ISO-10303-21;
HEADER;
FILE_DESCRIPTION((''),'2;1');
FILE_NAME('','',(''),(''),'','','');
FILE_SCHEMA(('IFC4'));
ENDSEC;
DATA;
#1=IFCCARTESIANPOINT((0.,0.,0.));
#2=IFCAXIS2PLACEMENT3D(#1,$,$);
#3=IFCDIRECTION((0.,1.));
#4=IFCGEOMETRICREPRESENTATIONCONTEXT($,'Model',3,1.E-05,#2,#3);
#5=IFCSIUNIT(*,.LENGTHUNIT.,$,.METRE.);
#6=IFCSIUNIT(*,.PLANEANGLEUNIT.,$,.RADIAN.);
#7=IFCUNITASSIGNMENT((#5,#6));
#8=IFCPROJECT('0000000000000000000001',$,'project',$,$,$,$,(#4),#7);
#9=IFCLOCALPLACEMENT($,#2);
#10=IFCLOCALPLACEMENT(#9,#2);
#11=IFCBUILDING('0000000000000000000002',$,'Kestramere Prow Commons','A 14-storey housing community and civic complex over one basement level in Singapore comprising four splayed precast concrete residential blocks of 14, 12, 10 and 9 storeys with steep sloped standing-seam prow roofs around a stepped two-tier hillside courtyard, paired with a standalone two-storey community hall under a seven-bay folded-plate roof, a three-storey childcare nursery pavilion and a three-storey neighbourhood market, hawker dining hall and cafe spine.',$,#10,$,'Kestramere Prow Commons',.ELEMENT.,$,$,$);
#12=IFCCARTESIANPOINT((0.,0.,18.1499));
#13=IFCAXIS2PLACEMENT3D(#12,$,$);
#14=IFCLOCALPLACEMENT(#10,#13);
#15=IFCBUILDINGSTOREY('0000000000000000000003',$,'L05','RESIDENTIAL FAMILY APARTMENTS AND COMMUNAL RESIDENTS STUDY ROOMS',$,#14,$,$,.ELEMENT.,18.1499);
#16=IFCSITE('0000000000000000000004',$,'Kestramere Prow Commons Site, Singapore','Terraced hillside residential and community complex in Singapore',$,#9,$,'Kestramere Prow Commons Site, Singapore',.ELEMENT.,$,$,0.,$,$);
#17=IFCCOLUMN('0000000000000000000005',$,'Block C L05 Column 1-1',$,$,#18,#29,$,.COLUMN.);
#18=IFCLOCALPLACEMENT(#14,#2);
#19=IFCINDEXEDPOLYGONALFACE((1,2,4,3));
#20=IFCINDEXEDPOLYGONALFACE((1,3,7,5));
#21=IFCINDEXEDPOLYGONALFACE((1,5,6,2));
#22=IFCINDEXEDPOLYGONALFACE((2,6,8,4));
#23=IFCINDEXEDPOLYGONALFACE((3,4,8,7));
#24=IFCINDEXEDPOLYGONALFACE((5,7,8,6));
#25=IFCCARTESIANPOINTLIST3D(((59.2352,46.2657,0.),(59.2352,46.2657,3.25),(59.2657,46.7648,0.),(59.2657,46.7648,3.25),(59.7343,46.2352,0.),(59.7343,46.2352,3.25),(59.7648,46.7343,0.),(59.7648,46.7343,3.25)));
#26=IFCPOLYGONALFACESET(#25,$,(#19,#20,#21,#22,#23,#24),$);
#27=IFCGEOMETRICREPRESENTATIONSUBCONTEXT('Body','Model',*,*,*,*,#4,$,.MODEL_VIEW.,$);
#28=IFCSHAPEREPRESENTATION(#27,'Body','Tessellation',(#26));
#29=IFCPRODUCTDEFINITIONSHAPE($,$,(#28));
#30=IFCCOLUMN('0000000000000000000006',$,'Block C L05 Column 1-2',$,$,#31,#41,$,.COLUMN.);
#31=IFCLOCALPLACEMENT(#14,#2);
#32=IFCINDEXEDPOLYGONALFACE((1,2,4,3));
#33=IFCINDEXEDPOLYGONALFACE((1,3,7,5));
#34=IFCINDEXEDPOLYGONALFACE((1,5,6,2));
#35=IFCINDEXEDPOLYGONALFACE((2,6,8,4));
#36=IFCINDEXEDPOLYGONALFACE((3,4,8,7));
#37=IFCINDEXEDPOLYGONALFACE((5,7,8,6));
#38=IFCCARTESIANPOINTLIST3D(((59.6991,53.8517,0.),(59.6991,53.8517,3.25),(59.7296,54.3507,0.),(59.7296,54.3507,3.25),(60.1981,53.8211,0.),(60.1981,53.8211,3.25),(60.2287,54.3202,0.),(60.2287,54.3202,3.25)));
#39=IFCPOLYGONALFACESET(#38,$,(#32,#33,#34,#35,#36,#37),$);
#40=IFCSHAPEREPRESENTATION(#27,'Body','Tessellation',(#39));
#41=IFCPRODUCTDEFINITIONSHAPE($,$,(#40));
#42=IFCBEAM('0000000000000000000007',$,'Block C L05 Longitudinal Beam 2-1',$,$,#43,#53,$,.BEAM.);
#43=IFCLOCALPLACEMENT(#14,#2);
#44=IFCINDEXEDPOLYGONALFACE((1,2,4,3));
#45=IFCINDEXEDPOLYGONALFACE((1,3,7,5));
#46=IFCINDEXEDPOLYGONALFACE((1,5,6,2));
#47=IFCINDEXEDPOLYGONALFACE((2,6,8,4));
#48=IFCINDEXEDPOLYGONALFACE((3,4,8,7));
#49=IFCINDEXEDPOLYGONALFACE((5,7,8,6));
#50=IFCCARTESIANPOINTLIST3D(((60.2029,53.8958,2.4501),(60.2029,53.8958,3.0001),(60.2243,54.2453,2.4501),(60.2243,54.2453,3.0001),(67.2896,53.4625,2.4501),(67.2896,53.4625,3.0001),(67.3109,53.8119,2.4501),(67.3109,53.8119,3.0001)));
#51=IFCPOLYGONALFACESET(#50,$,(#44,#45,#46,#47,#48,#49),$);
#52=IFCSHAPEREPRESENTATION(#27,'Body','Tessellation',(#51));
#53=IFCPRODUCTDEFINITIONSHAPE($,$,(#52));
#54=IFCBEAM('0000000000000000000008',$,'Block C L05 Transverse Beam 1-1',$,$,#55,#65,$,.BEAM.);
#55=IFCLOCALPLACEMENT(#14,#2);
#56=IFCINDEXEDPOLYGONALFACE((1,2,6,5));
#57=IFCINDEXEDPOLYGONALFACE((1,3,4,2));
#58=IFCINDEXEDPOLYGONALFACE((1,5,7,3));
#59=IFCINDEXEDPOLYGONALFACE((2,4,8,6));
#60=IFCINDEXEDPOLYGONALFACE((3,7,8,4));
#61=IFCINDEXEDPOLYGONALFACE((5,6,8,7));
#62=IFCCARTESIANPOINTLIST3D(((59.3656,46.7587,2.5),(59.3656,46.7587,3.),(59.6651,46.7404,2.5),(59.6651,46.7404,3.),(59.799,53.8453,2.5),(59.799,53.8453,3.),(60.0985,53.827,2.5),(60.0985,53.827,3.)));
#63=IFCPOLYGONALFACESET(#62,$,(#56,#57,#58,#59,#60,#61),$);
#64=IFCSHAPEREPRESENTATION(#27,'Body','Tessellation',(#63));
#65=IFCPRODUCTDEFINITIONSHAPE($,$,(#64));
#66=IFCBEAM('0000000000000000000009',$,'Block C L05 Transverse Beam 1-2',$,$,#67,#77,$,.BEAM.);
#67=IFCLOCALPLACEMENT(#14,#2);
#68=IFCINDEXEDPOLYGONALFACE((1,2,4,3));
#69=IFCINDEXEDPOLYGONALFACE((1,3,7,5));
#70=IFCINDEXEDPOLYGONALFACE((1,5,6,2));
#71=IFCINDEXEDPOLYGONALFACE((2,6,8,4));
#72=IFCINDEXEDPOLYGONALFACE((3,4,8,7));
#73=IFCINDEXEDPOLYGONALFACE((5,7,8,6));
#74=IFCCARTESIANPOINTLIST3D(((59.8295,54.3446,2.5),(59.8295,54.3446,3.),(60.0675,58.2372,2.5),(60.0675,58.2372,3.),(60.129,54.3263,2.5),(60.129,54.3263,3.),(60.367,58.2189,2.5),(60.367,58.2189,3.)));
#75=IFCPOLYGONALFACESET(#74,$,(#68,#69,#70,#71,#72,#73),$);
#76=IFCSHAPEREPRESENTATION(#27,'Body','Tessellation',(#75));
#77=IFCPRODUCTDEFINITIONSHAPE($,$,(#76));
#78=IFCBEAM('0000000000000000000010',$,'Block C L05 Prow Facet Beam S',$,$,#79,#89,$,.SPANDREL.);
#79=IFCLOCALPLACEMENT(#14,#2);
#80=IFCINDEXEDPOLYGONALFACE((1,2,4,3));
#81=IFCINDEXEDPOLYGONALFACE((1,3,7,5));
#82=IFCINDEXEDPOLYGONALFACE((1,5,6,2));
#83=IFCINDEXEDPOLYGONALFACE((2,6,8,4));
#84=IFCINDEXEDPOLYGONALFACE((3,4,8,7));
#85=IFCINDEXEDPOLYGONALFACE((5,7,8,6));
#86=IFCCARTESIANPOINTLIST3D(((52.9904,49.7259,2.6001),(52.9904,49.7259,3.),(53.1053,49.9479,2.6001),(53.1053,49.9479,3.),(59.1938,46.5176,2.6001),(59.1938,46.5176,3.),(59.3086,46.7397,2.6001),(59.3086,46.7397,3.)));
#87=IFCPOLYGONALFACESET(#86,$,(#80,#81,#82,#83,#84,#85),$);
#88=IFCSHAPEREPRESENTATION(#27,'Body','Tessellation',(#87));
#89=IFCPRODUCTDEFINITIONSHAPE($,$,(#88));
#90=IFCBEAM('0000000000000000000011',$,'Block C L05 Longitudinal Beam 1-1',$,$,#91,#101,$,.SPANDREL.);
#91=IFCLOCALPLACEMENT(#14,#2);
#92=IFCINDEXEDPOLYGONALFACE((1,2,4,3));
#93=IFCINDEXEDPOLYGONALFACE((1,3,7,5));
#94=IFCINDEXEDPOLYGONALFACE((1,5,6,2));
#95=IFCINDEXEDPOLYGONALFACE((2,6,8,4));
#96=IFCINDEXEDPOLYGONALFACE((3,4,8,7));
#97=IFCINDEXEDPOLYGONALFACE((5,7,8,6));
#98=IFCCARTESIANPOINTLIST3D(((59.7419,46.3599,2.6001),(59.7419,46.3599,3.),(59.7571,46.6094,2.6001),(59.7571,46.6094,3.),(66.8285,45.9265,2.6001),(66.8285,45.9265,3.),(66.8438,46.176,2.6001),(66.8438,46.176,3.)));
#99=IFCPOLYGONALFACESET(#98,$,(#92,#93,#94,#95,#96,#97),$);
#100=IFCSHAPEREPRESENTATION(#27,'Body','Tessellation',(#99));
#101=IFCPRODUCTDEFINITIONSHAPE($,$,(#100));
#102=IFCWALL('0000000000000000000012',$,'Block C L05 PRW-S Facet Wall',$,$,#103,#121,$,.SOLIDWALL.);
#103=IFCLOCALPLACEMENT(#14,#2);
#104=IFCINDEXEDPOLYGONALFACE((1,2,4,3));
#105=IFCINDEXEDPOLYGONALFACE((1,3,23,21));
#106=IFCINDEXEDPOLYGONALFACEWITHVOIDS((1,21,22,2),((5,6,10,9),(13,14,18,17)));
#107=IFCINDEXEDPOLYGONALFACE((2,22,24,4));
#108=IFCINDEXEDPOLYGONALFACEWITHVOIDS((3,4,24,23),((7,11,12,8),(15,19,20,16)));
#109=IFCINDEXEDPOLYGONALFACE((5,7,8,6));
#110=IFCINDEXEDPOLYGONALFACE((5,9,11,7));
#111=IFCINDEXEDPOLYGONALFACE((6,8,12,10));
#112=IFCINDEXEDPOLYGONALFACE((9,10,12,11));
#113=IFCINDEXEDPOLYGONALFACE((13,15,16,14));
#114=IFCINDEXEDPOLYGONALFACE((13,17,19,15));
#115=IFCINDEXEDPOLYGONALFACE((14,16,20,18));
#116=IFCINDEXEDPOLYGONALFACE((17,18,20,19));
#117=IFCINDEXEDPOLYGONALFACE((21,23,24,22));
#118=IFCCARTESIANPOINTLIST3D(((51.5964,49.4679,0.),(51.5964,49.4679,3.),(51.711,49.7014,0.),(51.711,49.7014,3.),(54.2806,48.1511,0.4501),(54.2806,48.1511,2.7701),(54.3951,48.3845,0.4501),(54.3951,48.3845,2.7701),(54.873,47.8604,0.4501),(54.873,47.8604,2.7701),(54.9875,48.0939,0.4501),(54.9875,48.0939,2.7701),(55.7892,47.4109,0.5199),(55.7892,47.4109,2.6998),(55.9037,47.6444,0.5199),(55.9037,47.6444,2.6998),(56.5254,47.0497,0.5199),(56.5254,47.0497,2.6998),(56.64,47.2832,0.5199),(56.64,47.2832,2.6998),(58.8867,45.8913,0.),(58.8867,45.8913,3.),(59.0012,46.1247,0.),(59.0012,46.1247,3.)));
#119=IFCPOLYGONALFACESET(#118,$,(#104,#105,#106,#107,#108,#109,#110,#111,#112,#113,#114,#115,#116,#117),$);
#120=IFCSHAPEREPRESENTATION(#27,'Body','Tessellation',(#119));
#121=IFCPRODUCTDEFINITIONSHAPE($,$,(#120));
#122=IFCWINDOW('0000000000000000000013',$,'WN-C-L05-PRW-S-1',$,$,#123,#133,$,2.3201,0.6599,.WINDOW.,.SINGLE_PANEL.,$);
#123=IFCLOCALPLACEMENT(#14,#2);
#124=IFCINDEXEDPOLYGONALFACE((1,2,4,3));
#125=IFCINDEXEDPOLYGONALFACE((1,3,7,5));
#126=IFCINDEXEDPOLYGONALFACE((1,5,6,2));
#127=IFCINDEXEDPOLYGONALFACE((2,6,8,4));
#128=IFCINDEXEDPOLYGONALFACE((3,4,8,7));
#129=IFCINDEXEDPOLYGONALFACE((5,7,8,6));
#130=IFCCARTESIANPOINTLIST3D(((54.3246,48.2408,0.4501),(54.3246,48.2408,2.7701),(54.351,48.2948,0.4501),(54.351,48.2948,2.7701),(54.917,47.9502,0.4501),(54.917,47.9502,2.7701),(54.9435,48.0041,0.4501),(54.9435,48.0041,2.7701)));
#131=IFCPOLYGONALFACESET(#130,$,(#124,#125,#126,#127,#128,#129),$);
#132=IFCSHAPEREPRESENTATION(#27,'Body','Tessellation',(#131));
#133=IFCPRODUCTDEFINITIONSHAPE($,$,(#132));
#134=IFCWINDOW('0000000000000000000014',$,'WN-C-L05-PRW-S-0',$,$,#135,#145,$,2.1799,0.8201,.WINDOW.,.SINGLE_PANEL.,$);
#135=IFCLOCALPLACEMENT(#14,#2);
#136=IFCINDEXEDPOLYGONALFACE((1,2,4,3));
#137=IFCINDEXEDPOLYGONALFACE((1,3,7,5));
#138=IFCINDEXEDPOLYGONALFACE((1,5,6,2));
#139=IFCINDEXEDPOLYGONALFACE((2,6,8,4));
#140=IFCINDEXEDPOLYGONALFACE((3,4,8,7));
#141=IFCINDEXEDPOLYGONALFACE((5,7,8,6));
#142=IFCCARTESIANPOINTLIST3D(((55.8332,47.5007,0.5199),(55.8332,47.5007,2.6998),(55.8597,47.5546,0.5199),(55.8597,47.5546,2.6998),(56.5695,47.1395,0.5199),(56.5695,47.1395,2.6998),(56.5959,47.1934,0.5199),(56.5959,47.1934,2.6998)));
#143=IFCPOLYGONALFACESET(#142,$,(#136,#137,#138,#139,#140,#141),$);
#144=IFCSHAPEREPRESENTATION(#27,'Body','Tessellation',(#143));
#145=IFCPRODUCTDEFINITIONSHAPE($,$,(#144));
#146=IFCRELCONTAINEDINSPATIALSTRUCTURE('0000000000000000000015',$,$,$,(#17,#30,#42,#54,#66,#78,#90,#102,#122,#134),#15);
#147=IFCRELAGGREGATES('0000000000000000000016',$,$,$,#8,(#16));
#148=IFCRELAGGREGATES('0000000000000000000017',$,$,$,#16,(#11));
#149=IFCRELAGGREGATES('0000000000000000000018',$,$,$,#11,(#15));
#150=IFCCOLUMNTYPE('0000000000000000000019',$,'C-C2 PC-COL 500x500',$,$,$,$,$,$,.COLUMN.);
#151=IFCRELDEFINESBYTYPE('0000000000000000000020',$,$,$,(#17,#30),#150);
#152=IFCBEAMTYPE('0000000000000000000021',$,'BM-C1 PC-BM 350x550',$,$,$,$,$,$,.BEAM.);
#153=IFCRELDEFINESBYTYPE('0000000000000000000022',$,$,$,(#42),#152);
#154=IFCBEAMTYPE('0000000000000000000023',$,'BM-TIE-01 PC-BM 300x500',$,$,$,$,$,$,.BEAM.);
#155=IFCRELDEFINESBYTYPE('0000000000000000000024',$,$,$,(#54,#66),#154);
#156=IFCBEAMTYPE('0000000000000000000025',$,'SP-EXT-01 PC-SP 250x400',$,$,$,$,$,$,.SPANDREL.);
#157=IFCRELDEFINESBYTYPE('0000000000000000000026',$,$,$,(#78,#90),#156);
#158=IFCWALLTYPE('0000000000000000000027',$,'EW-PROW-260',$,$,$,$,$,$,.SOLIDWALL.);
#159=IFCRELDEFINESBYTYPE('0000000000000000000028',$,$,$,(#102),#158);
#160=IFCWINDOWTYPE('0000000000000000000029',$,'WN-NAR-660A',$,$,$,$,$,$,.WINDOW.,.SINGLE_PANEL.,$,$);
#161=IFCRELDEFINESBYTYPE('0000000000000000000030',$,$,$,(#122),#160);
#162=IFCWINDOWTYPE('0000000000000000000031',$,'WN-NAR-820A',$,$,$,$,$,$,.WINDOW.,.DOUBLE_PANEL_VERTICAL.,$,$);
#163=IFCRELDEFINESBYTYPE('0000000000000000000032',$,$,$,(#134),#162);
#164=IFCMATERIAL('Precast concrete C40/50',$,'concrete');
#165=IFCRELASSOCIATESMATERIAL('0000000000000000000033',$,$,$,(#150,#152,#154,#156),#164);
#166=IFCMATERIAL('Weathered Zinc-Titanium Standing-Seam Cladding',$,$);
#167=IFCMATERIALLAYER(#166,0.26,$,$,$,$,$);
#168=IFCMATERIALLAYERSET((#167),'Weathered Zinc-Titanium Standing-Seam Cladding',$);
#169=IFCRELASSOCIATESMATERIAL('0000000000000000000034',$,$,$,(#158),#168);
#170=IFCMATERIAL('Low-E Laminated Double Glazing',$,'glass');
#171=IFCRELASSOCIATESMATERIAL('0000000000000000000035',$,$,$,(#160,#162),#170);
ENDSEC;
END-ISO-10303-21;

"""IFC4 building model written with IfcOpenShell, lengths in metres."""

from ifc_helpers import new_model, si_unit, direction, frame, frame_2d, origin, origin_2d, place, context, subcontext, project, spatial, rectangle, extrude, material, layer, layer_set, material_profile, profile_set, type_object, element, fill, save


model = new_model("IFC4")

# Units and contexts
model_context = context("Model", 3, precision=1e-05, world=origin(), true_north=direction((0.0, 1.0)))
body_context = subcontext(model_context, "Body", "Model", "MODEL_VIEW")
ifc_project = project(units=[si_unit("LENGTHUNIT", "METRE"), si_unit("PLANEANGLEUNIT", "RADIAN")], contexts=[model_context])

# Site, building, storey
site_placement = place(None, origin())
site = spatial("IfcSite", under=ifc_project, at=site_placement, Name="Kestramere Prow Commons Site, Singapore", Description="Terraced hillside residential and community complex in Singapore", LongName="Kestramere Prow Commons Site, Singapore", CompositionType="ELEMENT", RefElevation=0.0)
building_placement = place(site_placement, origin())
building = spatial("IfcBuilding", under=site, at=building_placement, Name="Kestramere Prow Commons", Description="A 14-storey housing community and civic complex over one basement level in Singapore comprising four splayed precast concrete residential blocks of 14, 12, 10 and 9 storeys with steep sloped standing-seam prow roofs around a stepped two-tier hillside courtyard, paired with a standalone two-storey community hall under a seven-bay folded-plate roof, a three-storey childcare nursery pavilion and a three-storey neighbourhood market, hawker dining hall and cafe spine.", LongName="Kestramere Prow Commons", CompositionType="ELEMENT")
storey_placement = place(building_placement, frame((0.0, 0.0, 18.1499)))
storey = spatial("IfcBuildingStorey", under=building, at=storey_placement, Name="L05", Description="RESIDENTIAL FAMILY APARTMENTS AND COMMUNAL RESIDENTS STUDY ROOMS", CompositionType="ELEMENT", Elevation=18.1499)

# Columns
ifc_material_1 = material(Name="Precast concrete C40/50", Category="concrete")
ifc_material_profile_1 = material_profile(ifc_material_1, rectangle(XDim=0.5, YDim=0.5, at=origin_2d()), Name="PC-COL 500x500")
ifc_profile_set_1 = profile_set([ifc_material_profile_1], Name="Precast concrete C40/50")
column_type = type_object("IfcColumnType", Name="C-C2 PC-COL 500x500", PredefinedType="COLUMN", material=ifc_profile_set_1)
for number, where, z_axis, x_axis, name in (
    (1, (59.5, 46.5, 0.0), (0.0, 0.0, 1.0), (0.998135, -0.061049, 0.0), "Block C L05 Column 1-1"),
    (2, (59.9639, 54.0859, 0.0), (0.0, 0.0, 1.0), (0.998135, -0.061049, 0.0), "Block C L05 Column 1-2"),
):
    element("IfcColumn", number, at=place(storey_placement, frame(where, z_axis=z_axis, x_axis=x_axis)), inside=storey, type_object=column_type, Name=name, PredefinedType="COLUMN", context=body_context, shape_type="SweptSolid", body=[
        extrude(rectangle(XDim=0.5, YDim=0.5, at=origin_2d()), origin(), (0.0, 0.0, 1.0), 3.25),
    ])

# Beams
ifc_material_profile_2 = material_profile(ifc_material_1, rectangle(XDim=0.3501, YDim=0.55, at=origin_2d()), Name="PC-BM 350x550")
ifc_profile_set_2 = profile_set([ifc_material_profile_2], Name="Precast concrete C40/50")
beam_type_1 = type_object("IfcBeamType", Name="BM-C1 PC-BM 350x550", PredefinedType="BEAM", material=ifc_profile_set_2)
beam_1_placement = place(storey_placement, frame((60.2136, 54.0706, 2.7251), z_axis=(0.998136, -0.061036, 0.0), x_axis=(0.061036, 0.998136, 0.0)))
element("IfcBeam", 3, at=beam_1_placement, inside=storey, type_object=beam_type_1, Name="Block C L05 Longitudinal Beam 2-1", PredefinedType="BEAM", context=body_context, shape_type="SweptSolid", body=[
    extrude(rectangle(XDim=0.3501, YDim=0.55, at=origin_2d()), origin(), (0.0, 0.0, 1.0), 7.0999),
])
ifc_material_profile_3 = material_profile(ifc_material_1, rectangle(XDim=0.3, YDim=0.5, at=origin_2d()), Name="PC-BM 300x500")
ifc_profile_set_3 = profile_set([ifc_material_profile_3], Name="Precast concrete C40/50")
beam_type_2 = type_object("IfcBeamType", Name="BM-TIE-01 PC-BM 300x500", PredefinedType="BEAM", material=ifc_profile_set_3)
beam_2_placement = place(storey_placement, frame((59.5154, 46.7495, 2.75), z_axis=(0.061036, 0.998136, 0.0), x_axis=(-0.998136, 0.061036, 0.0)))
element("IfcBeam", 4, at=beam_2_placement, inside=storey, type_object=beam_type_2, Name="Block C L05 Transverse Beam 1-1", PredefinedType="BEAM", context=body_context, shape_type="SweptSolid", body=[
    extrude(rectangle(XDim=0.3, YDim=0.5, at=origin_2d()), origin(), (0.0, 0.0, 1.0), 7.0999),
])
beam_3_placement = place(storey_placement, frame((59.9792, 54.3354, 2.75), z_axis=(0.061038, 0.998135, 0.0), x_axis=(-0.998135, 0.061038, 0.0)))
element("IfcBeam", 5, at=beam_3_placement, inside=storey, type_object=beam_type_2, Name="Block C L05 Transverse Beam 1-2", PredefinedType="BEAM", context=body_context, shape_type="SweptSolid", body=[
    extrude(rectangle(XDim=0.3, YDim=0.5, at=origin_2d()), origin(), (0.0, 0.0, 1.0), 3.8999),
])
ifc_material_profile_4 = material_profile(ifc_material_1, rectangle(XDim=0.25, YDim=0.3999, at=origin_2d()), Name="PC-SP 250x400")
ifc_profile_set_4 = profile_set([ifc_material_profile_4], Name="Precast concrete C40/50")
beam_type_3 = type_object("IfcBeamType", Name="SP-EXT-01 PC-SP 250x400", PredefinedType="SPANDREL", material=ifc_profile_set_4)
beam_4_placement = place(storey_placement, frame((59.2512, 46.6287, 2.8), z_axis=(-0.88824, 0.459379, 0.0), x_axis=(-0.459379, -0.88824, 0.0)))
element("IfcBeam", 6, at=beam_4_placement, inside=storey, type_object=beam_type_3, Name="Block C L05 Prow Facet Beam S", PredefinedType="SPANDREL", context=body_context, shape_type="SweptSolid", body=[
    extrude(rectangle(XDim=0.25, YDim=0.3999, at=origin_2d()), origin(), (0.0, 0.0, 1.0), 6.9839),
])
beam_5_placement = place(storey_placement, frame((59.7495, 46.4846, 2.8), z_axis=(0.998136, -0.061036, 0.0), x_axis=(0.061036, 0.998136, 0.0)))
element("IfcBeam", 7, at=beam_5_placement, inside=storey, type_object=beam_type_3, Name="Block C L05 Longitudinal Beam 1-1", PredefinedType="SPANDREL", context=body_context, shape_type="SweptSolid", body=[
    extrude(rectangle(XDim=0.25, YDim=0.3999, at=origin_2d()), origin(), (0.0, 0.0, 1.0), 7.0999),
])

# Wall, openings, windows
ifc_material_2 = material(Name="Weathered Zinc-Titanium Standing-Seam Cladding")
ifc_layer_1 = layer(ifc_material_2, 0.26)
ifc_layer_set_1 = layer_set([ifc_layer_1], Name="Weathered Zinc-Titanium Standing-Seam Cladding")
wall_type_1 = type_object("IfcWallType", Name="EW-PROW-260", PredefinedType="SOLIDWALL", material=ifc_layer_set_1)
wall_1_placement = place(storey_placement, frame((58.9438, 46.0081, 0.0), z_axis=(0.0, 0.0, 1.0), x_axis=(-0.897775, 0.440454, 0.0)))
wall_1 = element("IfcWall", 8, at=wall_1_placement, inside=storey, type_object=wall_type_1, Name="Block C L05 PRW-S Facet Wall", PredefinedType="SOLIDWALL", context=body_context, shape_type="SweptSolid", body=[
    extrude(rectangle(XDim=8.1204, YDim=0.26, at=frame_2d((4.0601, 0.0))), origin(), (0.0, 0.0, 1.0), 3.0),
])
opening_1_placement = place(wall_1_placement, frame((2.6299, 0.0, 0.52)))
opening_1 = element("IfcOpeningElement", 9, at=opening_1_placement, cuts=wall_1, PredefinedType="OPENING", context=body_context, shape_type="SweptSolid", body=[
    extrude(rectangle(XDim=0.8201, YDim=2.1799, at=frame_2d((0.4102, 1.0898))), frame((0.0, 0.145, 0.0), z_axis=(0.0, -1.0, 0.0), x_axis=(1.0, 0.0, 0.0)), (0.0, 0.0, 1.0), 0.29),
])
opening_2_placement = place(wall_1_placement, frame((4.4705, 0.0, 0.45)))
opening_2 = element("IfcOpeningElement", 10, at=opening_2_placement, cuts=wall_1, PredefinedType="OPENING", context=body_context, shape_type="SweptSolid", body=[
    extrude(rectangle(XDim=0.6599, YDim=2.3201, at=frame_2d((0.3301, 1.1602))), frame((0.0, 0.145, 0.0), z_axis=(0.0, -1.0, 0.0), x_axis=(1.0, 0.0, 0.0)), (0.0, 0.0, 1.0), 0.29),
])
ifc_material_3 = material(Name="Low-E Laminated Double Glazing", Category="glass")
window_type_1 = type_object("IfcWindowType", Name="WN-NAR-660A", PartitioningType="SINGLE_PANEL", PredefinedType="WINDOW", material=ifc_material_3)
window_1_placement = place(opening_2_placement, origin())
window_1 = element("IfcWindow", 11, at=window_1_placement, inside=storey, type_object=window_type_1, Name="WN-C-L05-PRW-S-1", OverallHeight=2.3201, OverallWidth=0.6599, PartitioningType="SINGLE_PANEL", PredefinedType="WINDOW", context=body_context, shape_type="SweptSolid", body=[
    extrude(rectangle(XDim=0.6599, YDim=2.3201, at=frame_2d((0.3301, 1.1602))), frame((0.0, 0.03, 0.0), z_axis=(0.0, -1.0, 0.0), x_axis=(1.0, 0.0, 0.0)), (0.0, 0.0, 1.0), 0.0601),
])
fill(opening_2, window_1)
window_type_2 = type_object("IfcWindowType", Name="WN-NAR-820A", PartitioningType="DOUBLE_PANEL_VERTICAL", PredefinedType="WINDOW", material=ifc_material_3)
window_2_placement = place(opening_1_placement, origin())
window_2 = element("IfcWindow", 12, at=window_2_placement, inside=storey, type_object=window_type_2, Name="WN-C-L05-PRW-S-0", OverallHeight=2.1799, OverallWidth=0.8201, PartitioningType="SINGLE_PANEL", PredefinedType="WINDOW", context=body_context, shape_type="SweptSolid", body=[
    extrude(rectangle(XDim=0.8201, YDim=2.1799, at=frame_2d((0.4102, 1.0898))), frame((0.0, 0.03, 0.0), z_axis=(0.0, -1.0, 0.0), x_axis=(1.0, 0.0, 0.0)), (0.0, 0.0, 1.0), 0.0601),
])
fill(opening_1, window_2)

save(model, "model.ifc")
